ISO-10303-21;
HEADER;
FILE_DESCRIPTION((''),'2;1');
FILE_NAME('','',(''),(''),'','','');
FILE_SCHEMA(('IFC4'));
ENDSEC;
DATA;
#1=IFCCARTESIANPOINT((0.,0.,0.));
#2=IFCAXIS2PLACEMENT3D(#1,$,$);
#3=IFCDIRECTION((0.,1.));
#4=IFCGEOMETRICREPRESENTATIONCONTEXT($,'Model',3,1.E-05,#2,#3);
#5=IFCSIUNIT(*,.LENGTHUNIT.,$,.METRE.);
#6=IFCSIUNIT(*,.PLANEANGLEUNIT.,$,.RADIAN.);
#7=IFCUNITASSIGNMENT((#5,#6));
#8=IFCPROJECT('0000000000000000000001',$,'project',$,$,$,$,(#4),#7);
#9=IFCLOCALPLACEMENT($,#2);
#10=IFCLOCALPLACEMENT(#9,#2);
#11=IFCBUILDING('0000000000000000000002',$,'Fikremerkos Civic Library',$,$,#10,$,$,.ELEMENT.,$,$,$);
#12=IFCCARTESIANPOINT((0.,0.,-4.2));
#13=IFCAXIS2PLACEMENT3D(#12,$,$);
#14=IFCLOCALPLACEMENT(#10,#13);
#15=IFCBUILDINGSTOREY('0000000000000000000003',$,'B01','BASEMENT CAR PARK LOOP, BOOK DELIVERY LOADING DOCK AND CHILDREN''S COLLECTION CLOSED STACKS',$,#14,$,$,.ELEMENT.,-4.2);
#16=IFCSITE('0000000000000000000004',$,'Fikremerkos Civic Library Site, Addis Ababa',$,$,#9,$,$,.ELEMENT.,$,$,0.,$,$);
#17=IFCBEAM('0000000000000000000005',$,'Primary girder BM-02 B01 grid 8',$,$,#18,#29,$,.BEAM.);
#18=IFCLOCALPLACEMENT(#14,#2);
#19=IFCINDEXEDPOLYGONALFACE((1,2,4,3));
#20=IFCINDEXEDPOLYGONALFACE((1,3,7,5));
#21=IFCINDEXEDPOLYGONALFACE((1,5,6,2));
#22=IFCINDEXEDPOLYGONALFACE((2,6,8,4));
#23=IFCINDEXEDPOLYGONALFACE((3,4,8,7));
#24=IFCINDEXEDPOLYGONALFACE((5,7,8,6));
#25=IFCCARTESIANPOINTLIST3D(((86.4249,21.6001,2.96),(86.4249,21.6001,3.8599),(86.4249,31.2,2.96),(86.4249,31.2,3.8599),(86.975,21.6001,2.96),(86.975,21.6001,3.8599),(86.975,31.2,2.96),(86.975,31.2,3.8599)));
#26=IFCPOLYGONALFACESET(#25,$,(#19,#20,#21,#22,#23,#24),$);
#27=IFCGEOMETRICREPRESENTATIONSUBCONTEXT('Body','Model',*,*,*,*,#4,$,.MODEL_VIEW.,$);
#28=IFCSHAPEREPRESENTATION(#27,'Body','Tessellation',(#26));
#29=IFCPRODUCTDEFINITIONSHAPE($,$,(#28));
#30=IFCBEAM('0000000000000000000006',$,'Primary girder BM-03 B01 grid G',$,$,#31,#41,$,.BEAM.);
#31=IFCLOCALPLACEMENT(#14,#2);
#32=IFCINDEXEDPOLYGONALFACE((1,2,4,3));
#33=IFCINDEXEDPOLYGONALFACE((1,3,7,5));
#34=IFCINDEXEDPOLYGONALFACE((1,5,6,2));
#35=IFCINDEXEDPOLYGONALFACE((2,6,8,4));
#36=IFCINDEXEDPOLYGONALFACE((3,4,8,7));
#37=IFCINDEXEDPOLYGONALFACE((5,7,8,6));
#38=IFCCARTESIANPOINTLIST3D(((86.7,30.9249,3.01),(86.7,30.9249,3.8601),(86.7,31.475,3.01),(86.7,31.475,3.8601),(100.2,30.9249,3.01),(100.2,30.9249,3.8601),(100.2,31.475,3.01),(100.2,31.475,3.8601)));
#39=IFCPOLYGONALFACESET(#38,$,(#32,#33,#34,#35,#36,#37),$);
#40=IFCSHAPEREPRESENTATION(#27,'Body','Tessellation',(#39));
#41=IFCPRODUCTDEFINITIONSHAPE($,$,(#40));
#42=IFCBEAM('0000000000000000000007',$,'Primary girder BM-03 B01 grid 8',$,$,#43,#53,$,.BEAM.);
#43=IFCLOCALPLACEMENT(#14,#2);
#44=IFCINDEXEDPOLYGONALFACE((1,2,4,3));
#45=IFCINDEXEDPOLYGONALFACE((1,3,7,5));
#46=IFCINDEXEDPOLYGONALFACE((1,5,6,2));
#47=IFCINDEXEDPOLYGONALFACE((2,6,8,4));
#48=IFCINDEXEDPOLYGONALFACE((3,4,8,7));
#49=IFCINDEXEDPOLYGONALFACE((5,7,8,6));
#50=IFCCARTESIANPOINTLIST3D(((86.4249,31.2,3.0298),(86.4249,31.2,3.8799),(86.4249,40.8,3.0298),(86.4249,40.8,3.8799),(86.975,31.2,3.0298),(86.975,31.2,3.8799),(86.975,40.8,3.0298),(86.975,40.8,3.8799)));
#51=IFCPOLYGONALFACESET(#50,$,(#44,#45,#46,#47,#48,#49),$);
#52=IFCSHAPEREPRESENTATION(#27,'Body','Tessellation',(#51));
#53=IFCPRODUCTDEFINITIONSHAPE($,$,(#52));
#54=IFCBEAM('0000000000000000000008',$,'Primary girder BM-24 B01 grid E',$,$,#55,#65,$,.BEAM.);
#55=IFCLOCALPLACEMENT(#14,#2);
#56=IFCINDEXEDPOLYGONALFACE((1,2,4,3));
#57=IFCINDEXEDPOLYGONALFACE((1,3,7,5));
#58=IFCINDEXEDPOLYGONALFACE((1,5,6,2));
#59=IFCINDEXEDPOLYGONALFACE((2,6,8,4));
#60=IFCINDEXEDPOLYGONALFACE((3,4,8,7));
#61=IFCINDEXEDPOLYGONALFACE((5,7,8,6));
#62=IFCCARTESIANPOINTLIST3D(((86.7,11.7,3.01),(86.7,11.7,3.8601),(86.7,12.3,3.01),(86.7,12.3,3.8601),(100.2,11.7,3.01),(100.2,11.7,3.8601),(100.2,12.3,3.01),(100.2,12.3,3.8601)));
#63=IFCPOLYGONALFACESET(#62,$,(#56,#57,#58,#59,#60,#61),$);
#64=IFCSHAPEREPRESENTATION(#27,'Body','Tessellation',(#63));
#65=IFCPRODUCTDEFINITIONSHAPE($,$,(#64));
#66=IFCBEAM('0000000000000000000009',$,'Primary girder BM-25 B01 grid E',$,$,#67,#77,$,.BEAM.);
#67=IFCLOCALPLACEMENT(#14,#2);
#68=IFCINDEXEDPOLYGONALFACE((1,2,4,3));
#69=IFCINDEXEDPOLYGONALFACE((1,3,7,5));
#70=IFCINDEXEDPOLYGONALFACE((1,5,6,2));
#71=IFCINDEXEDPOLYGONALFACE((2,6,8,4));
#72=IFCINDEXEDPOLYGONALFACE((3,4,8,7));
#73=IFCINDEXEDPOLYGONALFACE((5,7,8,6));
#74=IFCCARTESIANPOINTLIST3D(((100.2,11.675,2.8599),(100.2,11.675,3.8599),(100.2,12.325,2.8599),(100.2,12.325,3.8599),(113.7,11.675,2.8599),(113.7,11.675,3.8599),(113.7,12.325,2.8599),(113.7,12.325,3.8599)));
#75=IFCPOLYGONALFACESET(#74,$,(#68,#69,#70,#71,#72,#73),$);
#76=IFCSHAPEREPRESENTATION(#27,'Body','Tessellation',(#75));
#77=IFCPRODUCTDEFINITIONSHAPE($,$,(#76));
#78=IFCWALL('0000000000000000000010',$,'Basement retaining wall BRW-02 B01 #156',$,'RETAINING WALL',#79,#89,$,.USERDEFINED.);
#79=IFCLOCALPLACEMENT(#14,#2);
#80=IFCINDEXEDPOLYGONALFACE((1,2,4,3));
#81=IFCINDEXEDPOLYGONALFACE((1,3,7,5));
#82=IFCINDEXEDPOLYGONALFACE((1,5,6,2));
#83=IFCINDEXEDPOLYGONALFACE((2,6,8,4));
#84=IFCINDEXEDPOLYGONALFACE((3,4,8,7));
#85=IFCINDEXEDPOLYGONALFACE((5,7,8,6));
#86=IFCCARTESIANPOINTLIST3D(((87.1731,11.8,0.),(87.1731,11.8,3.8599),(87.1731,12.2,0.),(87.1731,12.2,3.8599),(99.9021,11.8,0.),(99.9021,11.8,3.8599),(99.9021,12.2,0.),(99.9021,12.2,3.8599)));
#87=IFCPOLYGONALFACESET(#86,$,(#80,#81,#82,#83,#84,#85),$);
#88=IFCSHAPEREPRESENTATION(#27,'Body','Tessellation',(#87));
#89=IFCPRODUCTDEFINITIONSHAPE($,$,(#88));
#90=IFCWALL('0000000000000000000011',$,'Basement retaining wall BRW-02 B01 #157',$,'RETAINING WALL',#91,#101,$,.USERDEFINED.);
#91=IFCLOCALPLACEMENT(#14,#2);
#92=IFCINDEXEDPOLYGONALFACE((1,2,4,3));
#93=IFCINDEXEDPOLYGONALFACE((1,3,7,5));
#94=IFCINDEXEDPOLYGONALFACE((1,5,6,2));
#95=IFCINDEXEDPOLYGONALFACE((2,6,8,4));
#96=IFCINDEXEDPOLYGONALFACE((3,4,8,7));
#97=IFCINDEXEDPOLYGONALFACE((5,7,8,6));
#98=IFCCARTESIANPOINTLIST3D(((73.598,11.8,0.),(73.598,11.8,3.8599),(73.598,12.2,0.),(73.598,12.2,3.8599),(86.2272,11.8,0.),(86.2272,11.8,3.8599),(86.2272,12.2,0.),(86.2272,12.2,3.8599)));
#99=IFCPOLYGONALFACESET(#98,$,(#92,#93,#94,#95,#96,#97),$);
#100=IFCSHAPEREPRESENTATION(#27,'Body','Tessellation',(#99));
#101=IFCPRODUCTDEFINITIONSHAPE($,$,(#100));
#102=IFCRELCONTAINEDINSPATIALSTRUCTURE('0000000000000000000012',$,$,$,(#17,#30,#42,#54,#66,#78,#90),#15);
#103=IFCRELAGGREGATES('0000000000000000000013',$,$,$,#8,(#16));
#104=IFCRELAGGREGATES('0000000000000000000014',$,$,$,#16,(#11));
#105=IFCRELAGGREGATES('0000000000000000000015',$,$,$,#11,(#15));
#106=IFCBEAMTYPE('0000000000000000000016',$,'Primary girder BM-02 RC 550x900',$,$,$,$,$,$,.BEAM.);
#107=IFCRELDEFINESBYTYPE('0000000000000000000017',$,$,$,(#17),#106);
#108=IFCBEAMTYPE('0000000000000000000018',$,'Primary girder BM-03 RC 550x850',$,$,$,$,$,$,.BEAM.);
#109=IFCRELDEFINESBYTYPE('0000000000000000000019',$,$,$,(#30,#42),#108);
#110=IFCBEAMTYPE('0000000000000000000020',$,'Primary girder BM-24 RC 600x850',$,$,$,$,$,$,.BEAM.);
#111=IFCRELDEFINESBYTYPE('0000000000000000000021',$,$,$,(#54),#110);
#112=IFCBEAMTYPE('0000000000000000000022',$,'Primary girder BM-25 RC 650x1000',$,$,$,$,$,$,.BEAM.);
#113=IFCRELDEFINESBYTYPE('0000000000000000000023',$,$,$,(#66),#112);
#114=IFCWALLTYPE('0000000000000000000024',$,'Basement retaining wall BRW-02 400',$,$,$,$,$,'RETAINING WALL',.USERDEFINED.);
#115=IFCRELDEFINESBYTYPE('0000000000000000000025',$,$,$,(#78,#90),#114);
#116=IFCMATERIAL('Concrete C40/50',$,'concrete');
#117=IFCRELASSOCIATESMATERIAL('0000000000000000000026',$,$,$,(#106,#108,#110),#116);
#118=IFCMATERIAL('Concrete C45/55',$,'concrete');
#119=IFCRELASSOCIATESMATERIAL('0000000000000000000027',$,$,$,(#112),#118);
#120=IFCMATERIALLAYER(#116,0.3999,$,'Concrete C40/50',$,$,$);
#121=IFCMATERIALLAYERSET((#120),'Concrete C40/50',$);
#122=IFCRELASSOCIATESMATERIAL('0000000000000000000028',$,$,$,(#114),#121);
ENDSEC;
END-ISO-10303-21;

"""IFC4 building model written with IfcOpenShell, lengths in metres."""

from ifc_helpers import new_model, si_unit, direction, frame, frame_2d, origin, origin_2d, place, context, subcontext, project, spatial, rectangle, extrude, material, layer, layer_set, material_profile, profile_set, type_object, element, save


model = new_model("IFC4")

# Units and contexts
model_context = context("Model", 3, precision=1e-05, world=origin(), true_north=direction((0.0, 1.0)))
body_context = subcontext(model_context, "Body", "Model", "MODEL_VIEW")
ifc_project = project(units=[si_unit("LENGTHUNIT", "METRE"), si_unit("PLANEANGLEUNIT", "RADIAN")], contexts=[model_context])

# Site, building, storey
site_placement = place(None, origin())
site = spatial("IfcSite", under=ifc_project, at=site_placement, Name="Fikremerkos Civic Library Site, Addis Ababa", CompositionType="ELEMENT", RefElevation=0.0)
building_placement = place(site_placement, origin())
building = spatial("IfcBuilding", under=site, at=building_placement, Name="Fikremerkos Civic Library", CompositionType="ELEMENT")
storey_placement = place(building_placement, frame((0.0, 0.0, -4.2)))
storey = spatial("IfcBuildingStorey", under=building, at=storey_placement, Name="B01", Description="BASEMENT CAR PARK LOOP, BOOK DELIVERY LOADING DOCK AND CHILDREN'S COLLECTION CLOSED STACKS", CompositionType="ELEMENT", Elevation=-4.2)

# Shared definitions
ifc_material_1 = material(Name="Concrete C45/55", Category="concrete")
ifc_material_2 = material(Name="Concrete C40/50", Category="concrete")

# Beams
ifc_material_profile_1 = material_profile(ifc_material_2, rectangle(XDim=0.55, YDim=0.8999, at=origin_2d()), Name="RC 550x900")
ifc_profile_set_1 = profile_set([ifc_material_profile_1], Name="Concrete C40/50")
beam_type_1 = type_object("IfcBeamType", Name="Primary girder BM-02 RC 550x900", PredefinedType="BEAM", material=ifc_profile_set_1)
beam_1_placement = place(storey_placement, frame((86.7, 21.6001, 3.4099), z_axis=(0.0, 1.0, 0.0), x_axis=(-1.0, 0.0, 0.0)))
element("IfcBeam", 1, at=beam_1_placement, inside=storey, type_object=beam_type_1, Name="Primary girder BM-02 B01 grid 8", PredefinedType="BEAM", context=body_context, shape_type="SweptSolid", body=[
    extrude(rectangle(XDim=0.55, YDim=0.8999, at=origin_2d()), origin(), (0.0, 0.0, 1.0), 9.5999),
])
ifc_material_profile_2 = material_profile(ifc_material_2, rectangle(XDim=0.55, YDim=0.8501, at=origin_2d()), Name="RC 550x850")
ifc_profile_set_2 = profile_set([ifc_material_profile_2], Name="Concrete C40/50")
beam_type_2 = type_object("IfcBeamType", Name="Primary girder BM-03 RC 550x850", PredefinedType="BEAM", material=ifc_profile_set_2)
beam_2_placement = place(storey_placement, frame((86.7, 31.2, 3.4351), z_axis=(1.0, 0.0, 0.0), x_axis=(0.0, 1.0, 0.0)))
element("IfcBeam", 2, at=beam_2_placement, inside=storey, type_object=beam_type_2, Name="Primary girder BM-03 B01 grid G", PredefinedType="BEAM", context=body_context, shape_type="SweptSolid", body=[
    extrude(rectangle(XDim=0.55, YDim=0.8501, at=origin_2d()), origin(), (0.0, 0.0, 1.0), 13.5),
])
beam_3_placement = place(storey_placement, frame((86.7, 31.2, 3.4548), z_axis=(0.0, 1.0, 0.0), x_axis=(-1.0, 0.0, 0.0)))
element("IfcBeam", 3, at=beam_3_placement, inside=storey, type_object=beam_type_2, Name="Primary girder BM-03 B01 grid 8", PredefinedType="BEAM", context=body_context, shape_type="SweptSolid", body=[
    extrude(rectangle(XDim=0.55, YDim=0.8501, at=origin_2d()), origin(), (0.0, 0.0, 1.0), 9.6001),
])
ifc_material_profile_3 = material_profile(ifc_material_2, rectangle(XDim=0.6001, YDim=0.8501, at=origin_2d()), Name="RC 600x850")
ifc_profile_set_3 = profile_set([ifc_material_profile_3], Name="Concrete C40/50")
beam_type_3 = type_object("IfcBeamType", Name="Primary girder BM-24 RC 600x850", PredefinedType="BEAM", material=ifc_profile_set_3)
beam_4_placement = place(storey_placement, frame((86.7, 12.0, 3.4351), z_axis=(1.0, 0.0, 0.0), x_axis=(0.0, 1.0, 0.0)))
element("IfcBeam", 4, at=beam_4_placement, inside=storey, type_object=beam_type_3, Name="Primary girder BM-24 B01 grid E", PredefinedType="BEAM", context=body_context, shape_type="SweptSolid", body=[
    extrude(rectangle(XDim=0.6001, YDim=0.8501, at=origin_2d()), origin(), (0.0, 0.0, 1.0), 13.5),
])
ifc_material_profile_4 = material_profile(ifc_material_1, rectangle(XDim=0.6499, YDim=1.0, at=origin_2d()), Name="RC 650x1000")
ifc_profile_set_4 = profile_set([ifc_material_profile_4], Name="Concrete C45/55")
beam_type_4 = type_object("IfcBeamType", Name="Primary girder BM-25 RC 650x1000", PredefinedType="BEAM", material=ifc_profile_set_4)
beam_5_placement = place(storey_placement, frame((100.2, 12.0, 3.3599), z_axis=(1.0, 0.0, 0.0), x_axis=(0.0, 1.0, 0.0)))
element("IfcBeam", 5, at=beam_5_placement, inside=storey, type_object=beam_type_4, Name="Primary girder BM-25 B01 grid E", PredefinedType="BEAM", context=body_context, shape_type="SweptSolid", body=[
    extrude(rectangle(XDim=0.6499, YDim=1.0, at=origin_2d()), origin(), (0.0, 0.0, 1.0), 13.5),
])

# Walls
ifc_layer = layer(ifc_material_2, 0.3999, Name="Concrete C40/50")
ifc_layer_set = layer_set([ifc_layer], Name="Concrete C40/50")
wall_type = type_object("IfcWallType", Name="Basement retaining wall BRW-02 400", ElementType="RETAINING WALL", PredefinedType="USERDEFINED", material=ifc_layer_set)
wall_1_placement = place(storey_placement, frame((99.9021, 12.0, 0.0), z_axis=(0.0, 0.0, 1.0), x_axis=(-1.0, 0.0, 0.0)))
element("IfcWall", 6, at=wall_1_placement, inside=storey, type_object=wall_type, Name="Basement retaining wall BRW-02 B01 #156", ObjectType="RETAINING WALL", PredefinedType="USERDEFINED", context=body_context, shape_type="SweptSolid", body=[
    extrude(rectangle(XDim=12.729, YDim=0.3999, at=frame_2d((6.3645, 0.0))), origin(), (0.0, 0.0, 1.0), 3.8599),
])
wall_2_placement = place(storey_placement, frame((86.2271, 12.0, 0.0), z_axis=(0.0, 0.0, 1.0), x_axis=(-1.0, 0.0, 0.0)))
element("IfcWall", 7, at=wall_2_placement, inside=storey, type_object=wall_type, Name="Basement retaining wall BRW-02 B01 #157", ObjectType="RETAINING WALL", PredefinedType="USERDEFINED", context=body_context, shape_type="SweptSolid", body=[
    extrude(rectangle(XDim=12.6292, YDim=0.3999, at=frame_2d((6.3145, 0.0))), origin(), (0.0, 0.0, 1.0), 3.8599),
])

save(model, "model.ifc")
